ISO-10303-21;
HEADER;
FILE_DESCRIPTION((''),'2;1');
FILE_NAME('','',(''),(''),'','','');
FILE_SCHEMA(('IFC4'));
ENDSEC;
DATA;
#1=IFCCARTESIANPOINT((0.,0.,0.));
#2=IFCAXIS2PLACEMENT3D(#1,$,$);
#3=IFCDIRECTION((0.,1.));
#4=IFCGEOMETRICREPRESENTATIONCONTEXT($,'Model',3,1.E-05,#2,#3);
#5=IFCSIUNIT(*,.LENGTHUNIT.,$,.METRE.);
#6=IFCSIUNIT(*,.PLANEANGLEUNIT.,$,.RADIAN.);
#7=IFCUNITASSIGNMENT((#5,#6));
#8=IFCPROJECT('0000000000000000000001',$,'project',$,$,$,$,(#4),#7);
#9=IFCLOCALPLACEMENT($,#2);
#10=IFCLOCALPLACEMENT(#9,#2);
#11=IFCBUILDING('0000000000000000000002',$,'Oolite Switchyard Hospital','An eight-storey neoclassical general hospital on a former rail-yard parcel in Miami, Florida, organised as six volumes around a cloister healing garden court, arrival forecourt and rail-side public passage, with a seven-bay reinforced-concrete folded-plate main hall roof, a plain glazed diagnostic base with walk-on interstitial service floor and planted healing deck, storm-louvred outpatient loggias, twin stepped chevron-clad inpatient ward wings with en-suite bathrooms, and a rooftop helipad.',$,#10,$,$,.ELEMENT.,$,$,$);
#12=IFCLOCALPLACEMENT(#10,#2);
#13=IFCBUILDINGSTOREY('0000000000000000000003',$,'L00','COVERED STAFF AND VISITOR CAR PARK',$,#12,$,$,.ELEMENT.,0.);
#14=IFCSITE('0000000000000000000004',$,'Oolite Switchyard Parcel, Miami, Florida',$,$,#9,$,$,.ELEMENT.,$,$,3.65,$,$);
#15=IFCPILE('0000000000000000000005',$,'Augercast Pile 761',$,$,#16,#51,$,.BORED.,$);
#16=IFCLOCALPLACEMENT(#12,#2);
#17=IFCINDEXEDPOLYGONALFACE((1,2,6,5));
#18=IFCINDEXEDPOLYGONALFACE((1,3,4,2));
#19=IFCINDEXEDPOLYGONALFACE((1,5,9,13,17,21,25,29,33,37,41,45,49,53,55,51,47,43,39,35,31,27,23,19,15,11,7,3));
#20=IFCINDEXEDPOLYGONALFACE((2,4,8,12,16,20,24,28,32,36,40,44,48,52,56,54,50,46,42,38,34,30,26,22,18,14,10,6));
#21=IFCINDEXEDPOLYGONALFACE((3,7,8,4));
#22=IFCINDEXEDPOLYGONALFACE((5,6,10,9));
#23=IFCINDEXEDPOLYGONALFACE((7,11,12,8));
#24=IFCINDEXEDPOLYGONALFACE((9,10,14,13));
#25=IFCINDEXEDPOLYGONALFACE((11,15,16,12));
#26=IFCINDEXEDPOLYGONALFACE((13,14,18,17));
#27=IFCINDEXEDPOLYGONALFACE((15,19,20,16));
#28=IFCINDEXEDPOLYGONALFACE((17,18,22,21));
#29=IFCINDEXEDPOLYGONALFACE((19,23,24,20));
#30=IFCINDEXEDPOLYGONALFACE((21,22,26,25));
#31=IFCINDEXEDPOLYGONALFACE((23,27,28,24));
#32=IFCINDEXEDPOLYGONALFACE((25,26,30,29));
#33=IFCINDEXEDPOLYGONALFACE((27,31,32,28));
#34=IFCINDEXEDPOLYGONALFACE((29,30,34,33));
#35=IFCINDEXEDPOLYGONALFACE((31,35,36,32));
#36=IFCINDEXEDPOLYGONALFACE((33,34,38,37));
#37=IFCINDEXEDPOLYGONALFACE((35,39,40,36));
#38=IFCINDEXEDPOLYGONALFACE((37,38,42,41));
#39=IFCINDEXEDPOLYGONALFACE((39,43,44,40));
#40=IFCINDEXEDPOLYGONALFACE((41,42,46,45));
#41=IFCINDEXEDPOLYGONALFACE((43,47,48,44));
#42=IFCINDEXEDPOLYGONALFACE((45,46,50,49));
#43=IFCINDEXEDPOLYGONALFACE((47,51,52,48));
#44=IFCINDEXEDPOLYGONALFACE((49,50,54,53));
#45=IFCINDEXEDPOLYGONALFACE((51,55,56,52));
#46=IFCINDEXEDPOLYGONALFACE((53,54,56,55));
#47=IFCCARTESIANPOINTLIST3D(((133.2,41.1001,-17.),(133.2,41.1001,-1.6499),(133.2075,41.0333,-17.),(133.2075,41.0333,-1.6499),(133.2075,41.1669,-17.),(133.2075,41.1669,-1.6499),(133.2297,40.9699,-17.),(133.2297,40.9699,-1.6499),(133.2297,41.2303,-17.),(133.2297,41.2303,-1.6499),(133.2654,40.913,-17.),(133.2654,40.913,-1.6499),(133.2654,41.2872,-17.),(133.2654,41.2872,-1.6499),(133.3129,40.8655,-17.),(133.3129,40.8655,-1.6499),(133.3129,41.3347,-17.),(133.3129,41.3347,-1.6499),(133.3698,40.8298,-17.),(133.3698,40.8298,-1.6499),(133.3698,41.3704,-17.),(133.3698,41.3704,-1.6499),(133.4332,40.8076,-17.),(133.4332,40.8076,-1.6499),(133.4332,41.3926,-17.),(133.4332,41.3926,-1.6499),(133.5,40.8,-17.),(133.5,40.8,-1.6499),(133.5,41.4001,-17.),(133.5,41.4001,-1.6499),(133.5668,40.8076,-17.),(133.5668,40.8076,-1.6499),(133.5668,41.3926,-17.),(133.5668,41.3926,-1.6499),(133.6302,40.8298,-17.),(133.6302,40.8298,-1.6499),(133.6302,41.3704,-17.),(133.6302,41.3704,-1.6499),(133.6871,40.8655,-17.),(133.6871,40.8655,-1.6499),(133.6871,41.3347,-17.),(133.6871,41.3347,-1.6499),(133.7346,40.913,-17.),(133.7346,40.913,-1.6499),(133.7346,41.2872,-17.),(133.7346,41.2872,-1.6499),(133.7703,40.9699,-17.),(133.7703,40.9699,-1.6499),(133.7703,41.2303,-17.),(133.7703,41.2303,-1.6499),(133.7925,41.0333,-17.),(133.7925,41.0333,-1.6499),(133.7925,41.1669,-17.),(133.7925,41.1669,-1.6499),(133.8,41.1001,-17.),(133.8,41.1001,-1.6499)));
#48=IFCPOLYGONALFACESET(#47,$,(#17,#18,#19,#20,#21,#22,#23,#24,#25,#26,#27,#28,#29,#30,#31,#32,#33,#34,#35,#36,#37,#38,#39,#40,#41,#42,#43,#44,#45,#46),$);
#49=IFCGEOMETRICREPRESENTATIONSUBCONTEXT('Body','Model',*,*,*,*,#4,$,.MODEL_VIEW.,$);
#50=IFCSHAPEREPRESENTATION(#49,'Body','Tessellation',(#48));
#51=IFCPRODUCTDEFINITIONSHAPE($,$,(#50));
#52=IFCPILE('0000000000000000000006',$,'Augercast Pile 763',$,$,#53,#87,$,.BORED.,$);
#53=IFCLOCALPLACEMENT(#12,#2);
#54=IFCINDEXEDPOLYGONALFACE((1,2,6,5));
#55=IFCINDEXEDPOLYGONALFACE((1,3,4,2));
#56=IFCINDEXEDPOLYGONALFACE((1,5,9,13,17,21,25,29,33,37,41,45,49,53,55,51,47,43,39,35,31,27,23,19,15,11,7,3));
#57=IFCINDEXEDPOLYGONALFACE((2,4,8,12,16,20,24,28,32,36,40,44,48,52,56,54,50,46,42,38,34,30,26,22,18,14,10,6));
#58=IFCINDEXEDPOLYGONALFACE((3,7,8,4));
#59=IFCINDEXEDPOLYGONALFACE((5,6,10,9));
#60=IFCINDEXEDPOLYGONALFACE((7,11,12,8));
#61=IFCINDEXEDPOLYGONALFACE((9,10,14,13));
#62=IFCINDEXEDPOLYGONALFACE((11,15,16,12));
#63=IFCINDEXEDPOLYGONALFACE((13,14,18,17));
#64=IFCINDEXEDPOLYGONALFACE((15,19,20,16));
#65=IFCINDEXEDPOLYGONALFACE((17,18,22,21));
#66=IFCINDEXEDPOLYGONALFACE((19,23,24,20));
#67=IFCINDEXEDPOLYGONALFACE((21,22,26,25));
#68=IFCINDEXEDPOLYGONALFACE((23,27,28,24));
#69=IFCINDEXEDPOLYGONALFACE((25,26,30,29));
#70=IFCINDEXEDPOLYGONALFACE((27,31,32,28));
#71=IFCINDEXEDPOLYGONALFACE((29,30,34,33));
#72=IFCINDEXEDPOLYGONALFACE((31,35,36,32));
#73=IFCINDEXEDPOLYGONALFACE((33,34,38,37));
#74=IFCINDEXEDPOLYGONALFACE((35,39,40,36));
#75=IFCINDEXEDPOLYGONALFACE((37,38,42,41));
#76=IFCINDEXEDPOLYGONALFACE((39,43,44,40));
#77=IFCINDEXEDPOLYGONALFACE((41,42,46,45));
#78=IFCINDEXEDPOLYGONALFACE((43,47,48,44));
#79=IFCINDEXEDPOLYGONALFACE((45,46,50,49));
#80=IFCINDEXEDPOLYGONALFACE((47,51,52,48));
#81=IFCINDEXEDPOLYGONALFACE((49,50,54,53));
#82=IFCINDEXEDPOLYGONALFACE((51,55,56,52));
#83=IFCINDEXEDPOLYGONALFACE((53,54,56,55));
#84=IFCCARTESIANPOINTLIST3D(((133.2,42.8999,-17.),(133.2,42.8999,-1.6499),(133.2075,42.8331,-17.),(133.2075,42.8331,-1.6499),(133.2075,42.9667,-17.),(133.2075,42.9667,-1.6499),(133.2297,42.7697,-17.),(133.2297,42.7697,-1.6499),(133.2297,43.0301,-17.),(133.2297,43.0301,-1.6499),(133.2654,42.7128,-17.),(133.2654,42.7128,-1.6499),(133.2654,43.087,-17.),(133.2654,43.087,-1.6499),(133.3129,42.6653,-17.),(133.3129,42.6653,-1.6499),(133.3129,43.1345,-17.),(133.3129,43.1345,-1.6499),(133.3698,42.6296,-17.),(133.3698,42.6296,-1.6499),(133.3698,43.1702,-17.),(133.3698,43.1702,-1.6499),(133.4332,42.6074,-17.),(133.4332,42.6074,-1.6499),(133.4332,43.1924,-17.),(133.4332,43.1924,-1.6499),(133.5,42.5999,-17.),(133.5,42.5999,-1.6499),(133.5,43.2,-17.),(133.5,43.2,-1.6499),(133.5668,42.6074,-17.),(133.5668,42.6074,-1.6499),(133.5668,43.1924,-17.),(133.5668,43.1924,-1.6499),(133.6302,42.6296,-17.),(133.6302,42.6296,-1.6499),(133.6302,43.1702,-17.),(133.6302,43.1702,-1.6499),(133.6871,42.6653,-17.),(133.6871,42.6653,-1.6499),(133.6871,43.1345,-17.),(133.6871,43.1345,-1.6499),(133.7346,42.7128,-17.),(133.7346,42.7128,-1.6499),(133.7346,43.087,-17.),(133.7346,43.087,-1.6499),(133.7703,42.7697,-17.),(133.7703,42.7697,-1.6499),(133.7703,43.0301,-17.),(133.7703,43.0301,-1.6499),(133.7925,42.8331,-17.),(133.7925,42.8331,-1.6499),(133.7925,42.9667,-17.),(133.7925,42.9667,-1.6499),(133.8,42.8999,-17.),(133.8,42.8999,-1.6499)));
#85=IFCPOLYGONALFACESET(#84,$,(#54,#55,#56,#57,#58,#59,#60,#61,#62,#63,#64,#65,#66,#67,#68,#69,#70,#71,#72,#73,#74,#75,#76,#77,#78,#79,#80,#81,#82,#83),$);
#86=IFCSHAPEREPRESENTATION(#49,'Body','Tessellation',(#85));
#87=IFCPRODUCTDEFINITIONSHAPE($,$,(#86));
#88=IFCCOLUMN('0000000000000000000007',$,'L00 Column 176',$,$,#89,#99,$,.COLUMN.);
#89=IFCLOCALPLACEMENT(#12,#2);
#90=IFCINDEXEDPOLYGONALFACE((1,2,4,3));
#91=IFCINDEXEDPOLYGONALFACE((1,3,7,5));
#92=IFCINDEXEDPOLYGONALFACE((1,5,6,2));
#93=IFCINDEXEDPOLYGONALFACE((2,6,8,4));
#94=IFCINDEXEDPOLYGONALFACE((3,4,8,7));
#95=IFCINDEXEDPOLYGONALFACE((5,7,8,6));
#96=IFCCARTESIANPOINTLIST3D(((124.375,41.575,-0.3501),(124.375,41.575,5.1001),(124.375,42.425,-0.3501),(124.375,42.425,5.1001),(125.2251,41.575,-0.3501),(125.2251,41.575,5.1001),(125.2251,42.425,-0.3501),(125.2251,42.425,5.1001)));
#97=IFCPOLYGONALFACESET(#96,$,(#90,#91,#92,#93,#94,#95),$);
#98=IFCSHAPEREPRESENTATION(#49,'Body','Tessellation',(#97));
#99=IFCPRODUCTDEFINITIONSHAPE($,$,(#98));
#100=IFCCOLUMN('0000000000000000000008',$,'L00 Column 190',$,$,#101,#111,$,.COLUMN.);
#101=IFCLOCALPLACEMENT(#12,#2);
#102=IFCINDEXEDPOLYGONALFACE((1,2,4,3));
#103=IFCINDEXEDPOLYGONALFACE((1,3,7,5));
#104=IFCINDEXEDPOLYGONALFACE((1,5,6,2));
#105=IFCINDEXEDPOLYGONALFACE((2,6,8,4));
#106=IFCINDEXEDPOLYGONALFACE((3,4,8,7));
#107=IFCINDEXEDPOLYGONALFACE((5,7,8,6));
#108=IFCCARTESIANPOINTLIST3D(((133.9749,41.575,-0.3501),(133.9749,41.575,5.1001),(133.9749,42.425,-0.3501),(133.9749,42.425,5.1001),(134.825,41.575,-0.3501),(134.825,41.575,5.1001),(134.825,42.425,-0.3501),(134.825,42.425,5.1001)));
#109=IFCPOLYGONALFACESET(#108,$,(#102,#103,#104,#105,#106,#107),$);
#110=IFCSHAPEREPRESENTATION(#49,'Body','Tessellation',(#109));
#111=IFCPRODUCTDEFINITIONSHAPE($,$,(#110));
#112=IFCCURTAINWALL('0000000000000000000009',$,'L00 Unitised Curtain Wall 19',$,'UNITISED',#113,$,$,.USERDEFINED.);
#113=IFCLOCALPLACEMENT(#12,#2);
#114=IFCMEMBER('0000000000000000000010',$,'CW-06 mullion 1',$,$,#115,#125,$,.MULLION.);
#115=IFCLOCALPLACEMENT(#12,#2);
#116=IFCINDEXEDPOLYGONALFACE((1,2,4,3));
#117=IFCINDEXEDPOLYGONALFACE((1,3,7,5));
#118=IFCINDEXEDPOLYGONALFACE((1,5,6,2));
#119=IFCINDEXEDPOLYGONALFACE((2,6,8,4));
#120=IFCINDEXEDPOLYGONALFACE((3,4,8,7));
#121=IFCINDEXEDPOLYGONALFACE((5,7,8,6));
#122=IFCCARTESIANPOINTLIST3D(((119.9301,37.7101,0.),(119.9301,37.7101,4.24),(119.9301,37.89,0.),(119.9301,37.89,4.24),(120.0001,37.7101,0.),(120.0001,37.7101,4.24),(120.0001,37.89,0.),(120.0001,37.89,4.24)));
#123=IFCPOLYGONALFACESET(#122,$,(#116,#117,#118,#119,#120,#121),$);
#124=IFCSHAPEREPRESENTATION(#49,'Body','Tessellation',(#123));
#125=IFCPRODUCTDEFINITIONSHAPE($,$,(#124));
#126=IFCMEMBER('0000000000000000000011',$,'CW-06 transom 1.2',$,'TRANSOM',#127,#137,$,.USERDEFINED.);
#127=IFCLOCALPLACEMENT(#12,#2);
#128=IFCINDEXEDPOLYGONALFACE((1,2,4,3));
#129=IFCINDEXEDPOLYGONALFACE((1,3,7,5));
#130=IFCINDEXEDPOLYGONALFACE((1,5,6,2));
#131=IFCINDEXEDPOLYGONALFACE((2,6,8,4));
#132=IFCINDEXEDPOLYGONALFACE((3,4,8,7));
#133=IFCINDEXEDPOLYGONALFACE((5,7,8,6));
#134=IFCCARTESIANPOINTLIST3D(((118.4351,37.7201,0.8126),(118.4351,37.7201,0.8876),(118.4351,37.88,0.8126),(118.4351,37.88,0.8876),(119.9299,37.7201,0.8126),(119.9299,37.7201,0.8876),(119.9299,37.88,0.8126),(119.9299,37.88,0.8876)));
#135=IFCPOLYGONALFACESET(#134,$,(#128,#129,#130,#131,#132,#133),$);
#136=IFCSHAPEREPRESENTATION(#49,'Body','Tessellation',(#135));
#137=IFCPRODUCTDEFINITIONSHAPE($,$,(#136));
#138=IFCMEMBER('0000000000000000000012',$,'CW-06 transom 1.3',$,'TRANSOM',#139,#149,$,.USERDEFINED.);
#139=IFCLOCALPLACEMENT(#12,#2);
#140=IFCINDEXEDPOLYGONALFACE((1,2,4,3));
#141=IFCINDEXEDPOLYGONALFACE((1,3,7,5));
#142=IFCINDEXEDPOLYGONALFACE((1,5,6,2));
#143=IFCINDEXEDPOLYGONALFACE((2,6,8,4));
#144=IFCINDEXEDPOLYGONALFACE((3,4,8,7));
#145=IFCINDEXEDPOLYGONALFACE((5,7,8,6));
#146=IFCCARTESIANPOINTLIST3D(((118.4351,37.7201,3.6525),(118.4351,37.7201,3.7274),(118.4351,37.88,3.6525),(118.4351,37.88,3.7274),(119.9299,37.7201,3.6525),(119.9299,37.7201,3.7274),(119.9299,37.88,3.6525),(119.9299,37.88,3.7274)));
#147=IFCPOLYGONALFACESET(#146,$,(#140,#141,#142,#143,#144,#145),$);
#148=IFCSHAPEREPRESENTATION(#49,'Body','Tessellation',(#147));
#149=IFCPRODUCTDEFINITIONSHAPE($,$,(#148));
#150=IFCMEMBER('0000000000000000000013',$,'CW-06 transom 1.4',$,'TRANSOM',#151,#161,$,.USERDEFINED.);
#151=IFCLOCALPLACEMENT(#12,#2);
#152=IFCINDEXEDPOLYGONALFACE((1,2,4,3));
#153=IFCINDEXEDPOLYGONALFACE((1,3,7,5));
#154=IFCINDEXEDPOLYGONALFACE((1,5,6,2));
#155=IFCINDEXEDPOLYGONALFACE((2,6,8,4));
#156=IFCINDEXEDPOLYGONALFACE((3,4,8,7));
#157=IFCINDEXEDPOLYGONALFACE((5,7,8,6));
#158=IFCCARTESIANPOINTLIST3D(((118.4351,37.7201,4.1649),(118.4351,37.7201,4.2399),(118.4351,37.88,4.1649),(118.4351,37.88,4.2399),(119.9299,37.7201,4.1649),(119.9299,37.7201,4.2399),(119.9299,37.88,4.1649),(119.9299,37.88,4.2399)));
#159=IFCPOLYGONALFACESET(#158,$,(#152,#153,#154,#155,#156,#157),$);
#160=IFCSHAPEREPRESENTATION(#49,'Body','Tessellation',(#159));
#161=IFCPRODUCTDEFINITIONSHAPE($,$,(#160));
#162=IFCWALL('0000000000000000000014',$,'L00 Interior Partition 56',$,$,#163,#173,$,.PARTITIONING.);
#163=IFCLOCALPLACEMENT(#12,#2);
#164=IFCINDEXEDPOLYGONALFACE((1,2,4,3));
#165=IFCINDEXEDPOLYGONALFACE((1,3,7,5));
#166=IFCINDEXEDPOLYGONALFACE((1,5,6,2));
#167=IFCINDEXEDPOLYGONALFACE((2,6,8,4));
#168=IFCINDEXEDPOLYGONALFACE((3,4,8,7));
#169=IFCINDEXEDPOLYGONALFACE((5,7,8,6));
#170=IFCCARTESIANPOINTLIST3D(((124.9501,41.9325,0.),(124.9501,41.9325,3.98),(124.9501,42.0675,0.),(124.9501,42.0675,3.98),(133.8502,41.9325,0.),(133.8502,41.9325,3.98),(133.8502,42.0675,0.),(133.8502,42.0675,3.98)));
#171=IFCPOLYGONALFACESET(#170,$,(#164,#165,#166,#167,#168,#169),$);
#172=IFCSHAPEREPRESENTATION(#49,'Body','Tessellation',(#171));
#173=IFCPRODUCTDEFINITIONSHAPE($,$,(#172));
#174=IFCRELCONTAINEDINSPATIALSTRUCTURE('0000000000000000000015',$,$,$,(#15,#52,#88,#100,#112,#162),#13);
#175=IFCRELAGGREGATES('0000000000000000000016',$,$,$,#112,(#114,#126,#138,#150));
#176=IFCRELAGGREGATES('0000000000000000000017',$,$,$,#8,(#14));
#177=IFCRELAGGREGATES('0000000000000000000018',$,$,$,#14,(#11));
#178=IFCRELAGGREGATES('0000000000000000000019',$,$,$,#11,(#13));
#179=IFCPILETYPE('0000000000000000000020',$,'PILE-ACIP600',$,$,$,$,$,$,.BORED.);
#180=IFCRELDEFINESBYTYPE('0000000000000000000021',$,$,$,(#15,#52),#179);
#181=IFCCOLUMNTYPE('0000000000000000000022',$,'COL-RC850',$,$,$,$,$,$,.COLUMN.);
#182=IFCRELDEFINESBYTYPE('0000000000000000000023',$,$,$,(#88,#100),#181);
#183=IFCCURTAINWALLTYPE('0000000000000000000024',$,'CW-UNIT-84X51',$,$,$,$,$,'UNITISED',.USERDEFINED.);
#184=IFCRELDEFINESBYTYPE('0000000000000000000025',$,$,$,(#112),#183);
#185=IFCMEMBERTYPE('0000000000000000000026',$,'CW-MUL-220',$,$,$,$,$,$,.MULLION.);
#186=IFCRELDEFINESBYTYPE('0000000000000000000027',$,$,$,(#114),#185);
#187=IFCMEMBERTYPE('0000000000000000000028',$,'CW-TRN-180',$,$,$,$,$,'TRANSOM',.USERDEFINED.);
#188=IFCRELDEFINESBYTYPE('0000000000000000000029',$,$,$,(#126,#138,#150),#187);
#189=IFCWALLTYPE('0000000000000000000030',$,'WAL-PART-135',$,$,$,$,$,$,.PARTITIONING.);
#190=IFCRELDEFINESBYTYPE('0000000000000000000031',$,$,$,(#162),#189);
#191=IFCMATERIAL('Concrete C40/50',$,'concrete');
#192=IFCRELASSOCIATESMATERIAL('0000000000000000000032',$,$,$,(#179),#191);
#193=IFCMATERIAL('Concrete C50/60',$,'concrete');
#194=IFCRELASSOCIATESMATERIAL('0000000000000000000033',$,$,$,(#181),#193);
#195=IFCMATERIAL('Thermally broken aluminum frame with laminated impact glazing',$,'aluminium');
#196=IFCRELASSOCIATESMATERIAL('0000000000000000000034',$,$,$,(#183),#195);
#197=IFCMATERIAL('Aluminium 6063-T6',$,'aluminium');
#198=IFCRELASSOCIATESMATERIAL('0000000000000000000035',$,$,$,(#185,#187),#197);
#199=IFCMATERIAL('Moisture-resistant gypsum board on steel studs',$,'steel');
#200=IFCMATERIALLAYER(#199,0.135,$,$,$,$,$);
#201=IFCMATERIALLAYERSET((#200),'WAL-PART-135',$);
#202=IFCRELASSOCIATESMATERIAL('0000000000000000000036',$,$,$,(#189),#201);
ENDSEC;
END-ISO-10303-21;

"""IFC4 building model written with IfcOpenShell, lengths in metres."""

from ifc_helpers import new_model, si_unit, direction, frame, frame_2d, origin, origin_2d, place, context, subcontext, project, spatial, rectangle, circle, extrude, material, layer, layer_set, material_profile, profile_set, type_object, element, aggregate, save


model = new_model("IFC4")

# Units and contexts
model_context = context("Model", 3, precision=1e-05, world=origin(), true_north=direction((0.0, 1.0)))
body_context = subcontext(model_context, "Body", "Model", "MODEL_VIEW")
ifc_project = project(units=[si_unit("LENGTHUNIT", "METRE"), si_unit("PLANEANGLEUNIT", "RADIAN")], contexts=[model_context])

# Site, building, storey
site_placement = place(None, origin())
site = spatial("IfcSite", under=ifc_project, at=site_placement, Name="Oolite Switchyard Parcel, Miami, Florida", CompositionType="ELEMENT", RefElevation=3.65)
building_placement = place(site_placement, origin())
building = spatial("IfcBuilding", under=site, at=building_placement, Name="Oolite Switchyard Hospital", Description="An eight-storey neoclassical general hospital on a former rail-yard parcel in Miami, Florida, organised as six volumes around a cloister healing garden court, arrival forecourt and rail-side public passage, with a seven-bay reinforced-concrete folded-plate main hall roof, a plain glazed diagnostic base with walk-on interstitial service floor and planted healing deck, storm-louvred outpatient loggias, twin stepped chevron-clad inpatient ward wings with en-suite bathrooms, and a rooftop helipad.", CompositionType="ELEMENT")
storey_placement = place(building_placement, origin())
storey = spatial("IfcBuildingStorey", under=building, at=storey_placement, Name="L00", Description="COVERED STAFF AND VISITOR CAR PARK", CompositionType="ELEMENT", Elevation=0.0)

# Shared definitions
ifc_material_1 = material(Name="Concrete C40/50", Category="concrete")

# Piles
ifc_material_profile_1 = material_profile(ifc_material_1, circle(Radius=0.3, at=origin_2d()), Name="PILE600")
ifc_profile_set_1 = profile_set([ifc_material_profile_1], Name="Concrete C40/50")
pile_type = type_object("IfcPileType", Name="PILE-ACIP600", PredefinedType="BORED", material=ifc_profile_set_1)
for number, where, z_axis, x_axis, name in (
    (1, (133.5, 41.1001, -1.6499), (0.0, 0.0, -1.0), (1.0, 0.0, 0.0), "Augercast Pile 761"),
    (2, (133.5, 42.8999, -1.6499), (0.0, 0.0, -1.0), (1.0, 0.0, 0.0), "Augercast Pile 763"),
):
    element("IfcPile", number, at=place(storey_placement, frame(where, z_axis=z_axis, x_axis=x_axis)), inside=storey, type_object=pile_type, Name=name, PredefinedType="BORED", context=body_context, shape_type="SweptSolid", body=[
        extrude(circle(Radius=0.3, at=origin_2d()), origin(), (0.0, 0.0, 1.0), 15.3501),
    ])

# Columns
ifc_material_2 = material(Name="Concrete C50/60", Category="concrete")
ifc_material_profile_2 = material_profile(ifc_material_2, rectangle(XDim=0.8501, YDim=0.8501, at=origin_2d()), Name="RC850X850")
ifc_profile_set_2 = profile_set([ifc_material_profile_2], Name="Concrete C50/60")
column_type = type_object("IfcColumnType", Name="COL-RC850", PredefinedType="COLUMN", material=ifc_profile_set_2)
for number, where, z_axis, x_axis, name in (
    (3, (124.8, 42.0, -0.3501), (0.0, 0.0, 1.0), (1.0, 0.0, 0.0), "L00 Column 176"),
    (4, (134.3999, 42.0, -0.3501), (0.0, 0.0, 1.0), (1.0, 0.0, 0.0), "L00 Column 190"),
):
    element("IfcColumn", number, at=place(storey_placement, frame(where, z_axis=z_axis, x_axis=x_axis)), inside=storey, type_object=column_type, Name=name, PredefinedType="COLUMN", context=body_context, shape_type="SweptSolid", body=[
        extrude(rectangle(XDim=0.8501, YDim=0.8501, at=origin_2d()), origin(), (0.0, 0.0, 1.0), 5.4502),
    ])

# Curtain wall, members
ifc_material_3 = material(Name="Thermally broken aluminum frame with laminated impact glazing", Category="aluminium")
curtain_wall_type = type_object("IfcCurtainWallType", Name="CW-UNIT-84X51", ElementType="UNITISED", PredefinedType="USERDEFINED", material=ifc_material_3)
curtain_wall_placement = place(storey_placement, origin())
curtain_wall = element("IfcCurtainWall", 5, at=curtain_wall_placement, inside=storey, type_object=curtain_wall_type, Name="L00 Unitised Curtain Wall 19", ObjectType="UNITISED", PredefinedType="USERDEFINED")
ifc_material_4 = material(Name="Aluminium 6063-T6", Category="aluminium")
ifc_material_profile_3 = material_profile(ifc_material_4, rectangle(XDim=0.1799, YDim=0.0701, at=origin_2d()), Name="CWM70X180")
ifc_profile_set_3 = profile_set([ifc_material_profile_3], Name="Aluminium 6063-T6")
member_type_1 = type_object("IfcMemberType", Name="CW-MUL-220", PredefinedType="MULLION", material=ifc_profile_set_3)
member_1_placement = place(storey_placement, frame((119.9651, 37.8, 0.0), z_axis=(0.0, 0.0, 1.0), x_axis=(0.0, -1.0, 0.0)))
member_1 = element("IfcMember", 6, at=member_1_placement, type_object=member_type_1, Name="CW-06 mullion 1", PredefinedType="MULLION", context=body_context, shape_type="SweptSolid", body=[
    extrude(rectangle(XDim=0.1799, YDim=0.0701, at=origin_2d()), origin(), (0.0, 0.0, 1.0), 4.24),
])
ifc_material_profile_4 = material_profile(ifc_material_4, rectangle(XDim=0.1599, YDim=0.075, at=origin_2d()), Name="CWT75X160")
ifc_profile_set_4 = profile_set([ifc_material_profile_4], Name="Aluminium 6063-T6")
member_type_2 = type_object("IfcMemberType", Name="CW-TRN-180", ElementType="TRANSOM", PredefinedType="USERDEFINED", material=ifc_profile_set_4)
member_2_placement = place(storey_placement, frame((119.9299, 37.8, 0.8501), z_axis=(-1.0, 0.0, 0.0), x_axis=(0.0, -1.0, 0.0)))
member_2 = element("IfcMember", 7, at=member_2_placement, type_object=member_type_2, Name="CW-06 transom 1.2", ObjectType="TRANSOM", PredefinedType="USERDEFINED", context=body_context, shape_type="SweptSolid", body=[
    extrude(rectangle(XDim=0.1599, YDim=0.075, at=origin_2d()), origin(), (0.0, 0.0, 1.0), 1.4949),
])
member_3_placement = place(storey_placement, frame((119.9299, 37.8, 3.6899), z_axis=(-1.0, 0.0, 0.0), x_axis=(0.0, -1.0, 0.0)))
member_3 = element("IfcMember", 8, at=member_3_placement, type_object=member_type_2, Name="CW-06 transom 1.3", ObjectType="TRANSOM", PredefinedType="USERDEFINED", context=body_context, shape_type="SweptSolid", body=[
    extrude(rectangle(XDim=0.1599, YDim=0.075, at=origin_2d()), origin(), (0.0, 0.0, 1.0), 1.4949),
])
member_4_placement = place(storey_placement, frame((119.9299, 37.8, 4.2024), z_axis=(-1.0, 0.0, 0.0), x_axis=(0.0, -1.0, 0.0)))
member_4 = element("IfcMember", 9, at=member_4_placement, type_object=member_type_2, Name="CW-06 transom 1.4", ObjectType="TRANSOM", PredefinedType="USERDEFINED", context=body_context, shape_type="SweptSolid", body=[
    extrude(rectangle(XDim=0.1599, YDim=0.075, at=origin_2d()), origin(), (0.0, 0.0, 1.0), 1.4949),
])
aggregate(curtain_wall, [member_1, member_2, member_3, member_4])

# Wall
ifc_material_5 = material(Name="Moisture-resistant gypsum board on steel studs", Category="steel")
ifc_layer_1 = layer(ifc_material_5, 0.135)
ifc_layer_set_1 = layer_set([ifc_layer_1], Name="WAL-PART-135")
wall_type_1 = type_object("IfcWallType", Name="WAL-PART-135", PredefinedType="PARTITIONING", material=ifc_layer_set_1)
wall_1_placement = place(storey_placement, frame((124.95, 42.0, 0.0), z_axis=(0.0, 0.0, 1.0), x_axis=(1.0, 0.0, 0.0)))
element("IfcWall", 10, at=wall_1_placement, inside=storey, type_object=wall_type_1, Name="L00 Interior Partition 56", PredefinedType="PARTITIONING", context=body_context, shape_type="SweptSolid", body=[
    extrude(rectangle(XDim=8.9001, YDim=0.135, at=frame_2d((4.4502, 0.0))), origin(), (0.0, 0.0, 1.0), 3.98),
])

save(model, "model.ifc")
